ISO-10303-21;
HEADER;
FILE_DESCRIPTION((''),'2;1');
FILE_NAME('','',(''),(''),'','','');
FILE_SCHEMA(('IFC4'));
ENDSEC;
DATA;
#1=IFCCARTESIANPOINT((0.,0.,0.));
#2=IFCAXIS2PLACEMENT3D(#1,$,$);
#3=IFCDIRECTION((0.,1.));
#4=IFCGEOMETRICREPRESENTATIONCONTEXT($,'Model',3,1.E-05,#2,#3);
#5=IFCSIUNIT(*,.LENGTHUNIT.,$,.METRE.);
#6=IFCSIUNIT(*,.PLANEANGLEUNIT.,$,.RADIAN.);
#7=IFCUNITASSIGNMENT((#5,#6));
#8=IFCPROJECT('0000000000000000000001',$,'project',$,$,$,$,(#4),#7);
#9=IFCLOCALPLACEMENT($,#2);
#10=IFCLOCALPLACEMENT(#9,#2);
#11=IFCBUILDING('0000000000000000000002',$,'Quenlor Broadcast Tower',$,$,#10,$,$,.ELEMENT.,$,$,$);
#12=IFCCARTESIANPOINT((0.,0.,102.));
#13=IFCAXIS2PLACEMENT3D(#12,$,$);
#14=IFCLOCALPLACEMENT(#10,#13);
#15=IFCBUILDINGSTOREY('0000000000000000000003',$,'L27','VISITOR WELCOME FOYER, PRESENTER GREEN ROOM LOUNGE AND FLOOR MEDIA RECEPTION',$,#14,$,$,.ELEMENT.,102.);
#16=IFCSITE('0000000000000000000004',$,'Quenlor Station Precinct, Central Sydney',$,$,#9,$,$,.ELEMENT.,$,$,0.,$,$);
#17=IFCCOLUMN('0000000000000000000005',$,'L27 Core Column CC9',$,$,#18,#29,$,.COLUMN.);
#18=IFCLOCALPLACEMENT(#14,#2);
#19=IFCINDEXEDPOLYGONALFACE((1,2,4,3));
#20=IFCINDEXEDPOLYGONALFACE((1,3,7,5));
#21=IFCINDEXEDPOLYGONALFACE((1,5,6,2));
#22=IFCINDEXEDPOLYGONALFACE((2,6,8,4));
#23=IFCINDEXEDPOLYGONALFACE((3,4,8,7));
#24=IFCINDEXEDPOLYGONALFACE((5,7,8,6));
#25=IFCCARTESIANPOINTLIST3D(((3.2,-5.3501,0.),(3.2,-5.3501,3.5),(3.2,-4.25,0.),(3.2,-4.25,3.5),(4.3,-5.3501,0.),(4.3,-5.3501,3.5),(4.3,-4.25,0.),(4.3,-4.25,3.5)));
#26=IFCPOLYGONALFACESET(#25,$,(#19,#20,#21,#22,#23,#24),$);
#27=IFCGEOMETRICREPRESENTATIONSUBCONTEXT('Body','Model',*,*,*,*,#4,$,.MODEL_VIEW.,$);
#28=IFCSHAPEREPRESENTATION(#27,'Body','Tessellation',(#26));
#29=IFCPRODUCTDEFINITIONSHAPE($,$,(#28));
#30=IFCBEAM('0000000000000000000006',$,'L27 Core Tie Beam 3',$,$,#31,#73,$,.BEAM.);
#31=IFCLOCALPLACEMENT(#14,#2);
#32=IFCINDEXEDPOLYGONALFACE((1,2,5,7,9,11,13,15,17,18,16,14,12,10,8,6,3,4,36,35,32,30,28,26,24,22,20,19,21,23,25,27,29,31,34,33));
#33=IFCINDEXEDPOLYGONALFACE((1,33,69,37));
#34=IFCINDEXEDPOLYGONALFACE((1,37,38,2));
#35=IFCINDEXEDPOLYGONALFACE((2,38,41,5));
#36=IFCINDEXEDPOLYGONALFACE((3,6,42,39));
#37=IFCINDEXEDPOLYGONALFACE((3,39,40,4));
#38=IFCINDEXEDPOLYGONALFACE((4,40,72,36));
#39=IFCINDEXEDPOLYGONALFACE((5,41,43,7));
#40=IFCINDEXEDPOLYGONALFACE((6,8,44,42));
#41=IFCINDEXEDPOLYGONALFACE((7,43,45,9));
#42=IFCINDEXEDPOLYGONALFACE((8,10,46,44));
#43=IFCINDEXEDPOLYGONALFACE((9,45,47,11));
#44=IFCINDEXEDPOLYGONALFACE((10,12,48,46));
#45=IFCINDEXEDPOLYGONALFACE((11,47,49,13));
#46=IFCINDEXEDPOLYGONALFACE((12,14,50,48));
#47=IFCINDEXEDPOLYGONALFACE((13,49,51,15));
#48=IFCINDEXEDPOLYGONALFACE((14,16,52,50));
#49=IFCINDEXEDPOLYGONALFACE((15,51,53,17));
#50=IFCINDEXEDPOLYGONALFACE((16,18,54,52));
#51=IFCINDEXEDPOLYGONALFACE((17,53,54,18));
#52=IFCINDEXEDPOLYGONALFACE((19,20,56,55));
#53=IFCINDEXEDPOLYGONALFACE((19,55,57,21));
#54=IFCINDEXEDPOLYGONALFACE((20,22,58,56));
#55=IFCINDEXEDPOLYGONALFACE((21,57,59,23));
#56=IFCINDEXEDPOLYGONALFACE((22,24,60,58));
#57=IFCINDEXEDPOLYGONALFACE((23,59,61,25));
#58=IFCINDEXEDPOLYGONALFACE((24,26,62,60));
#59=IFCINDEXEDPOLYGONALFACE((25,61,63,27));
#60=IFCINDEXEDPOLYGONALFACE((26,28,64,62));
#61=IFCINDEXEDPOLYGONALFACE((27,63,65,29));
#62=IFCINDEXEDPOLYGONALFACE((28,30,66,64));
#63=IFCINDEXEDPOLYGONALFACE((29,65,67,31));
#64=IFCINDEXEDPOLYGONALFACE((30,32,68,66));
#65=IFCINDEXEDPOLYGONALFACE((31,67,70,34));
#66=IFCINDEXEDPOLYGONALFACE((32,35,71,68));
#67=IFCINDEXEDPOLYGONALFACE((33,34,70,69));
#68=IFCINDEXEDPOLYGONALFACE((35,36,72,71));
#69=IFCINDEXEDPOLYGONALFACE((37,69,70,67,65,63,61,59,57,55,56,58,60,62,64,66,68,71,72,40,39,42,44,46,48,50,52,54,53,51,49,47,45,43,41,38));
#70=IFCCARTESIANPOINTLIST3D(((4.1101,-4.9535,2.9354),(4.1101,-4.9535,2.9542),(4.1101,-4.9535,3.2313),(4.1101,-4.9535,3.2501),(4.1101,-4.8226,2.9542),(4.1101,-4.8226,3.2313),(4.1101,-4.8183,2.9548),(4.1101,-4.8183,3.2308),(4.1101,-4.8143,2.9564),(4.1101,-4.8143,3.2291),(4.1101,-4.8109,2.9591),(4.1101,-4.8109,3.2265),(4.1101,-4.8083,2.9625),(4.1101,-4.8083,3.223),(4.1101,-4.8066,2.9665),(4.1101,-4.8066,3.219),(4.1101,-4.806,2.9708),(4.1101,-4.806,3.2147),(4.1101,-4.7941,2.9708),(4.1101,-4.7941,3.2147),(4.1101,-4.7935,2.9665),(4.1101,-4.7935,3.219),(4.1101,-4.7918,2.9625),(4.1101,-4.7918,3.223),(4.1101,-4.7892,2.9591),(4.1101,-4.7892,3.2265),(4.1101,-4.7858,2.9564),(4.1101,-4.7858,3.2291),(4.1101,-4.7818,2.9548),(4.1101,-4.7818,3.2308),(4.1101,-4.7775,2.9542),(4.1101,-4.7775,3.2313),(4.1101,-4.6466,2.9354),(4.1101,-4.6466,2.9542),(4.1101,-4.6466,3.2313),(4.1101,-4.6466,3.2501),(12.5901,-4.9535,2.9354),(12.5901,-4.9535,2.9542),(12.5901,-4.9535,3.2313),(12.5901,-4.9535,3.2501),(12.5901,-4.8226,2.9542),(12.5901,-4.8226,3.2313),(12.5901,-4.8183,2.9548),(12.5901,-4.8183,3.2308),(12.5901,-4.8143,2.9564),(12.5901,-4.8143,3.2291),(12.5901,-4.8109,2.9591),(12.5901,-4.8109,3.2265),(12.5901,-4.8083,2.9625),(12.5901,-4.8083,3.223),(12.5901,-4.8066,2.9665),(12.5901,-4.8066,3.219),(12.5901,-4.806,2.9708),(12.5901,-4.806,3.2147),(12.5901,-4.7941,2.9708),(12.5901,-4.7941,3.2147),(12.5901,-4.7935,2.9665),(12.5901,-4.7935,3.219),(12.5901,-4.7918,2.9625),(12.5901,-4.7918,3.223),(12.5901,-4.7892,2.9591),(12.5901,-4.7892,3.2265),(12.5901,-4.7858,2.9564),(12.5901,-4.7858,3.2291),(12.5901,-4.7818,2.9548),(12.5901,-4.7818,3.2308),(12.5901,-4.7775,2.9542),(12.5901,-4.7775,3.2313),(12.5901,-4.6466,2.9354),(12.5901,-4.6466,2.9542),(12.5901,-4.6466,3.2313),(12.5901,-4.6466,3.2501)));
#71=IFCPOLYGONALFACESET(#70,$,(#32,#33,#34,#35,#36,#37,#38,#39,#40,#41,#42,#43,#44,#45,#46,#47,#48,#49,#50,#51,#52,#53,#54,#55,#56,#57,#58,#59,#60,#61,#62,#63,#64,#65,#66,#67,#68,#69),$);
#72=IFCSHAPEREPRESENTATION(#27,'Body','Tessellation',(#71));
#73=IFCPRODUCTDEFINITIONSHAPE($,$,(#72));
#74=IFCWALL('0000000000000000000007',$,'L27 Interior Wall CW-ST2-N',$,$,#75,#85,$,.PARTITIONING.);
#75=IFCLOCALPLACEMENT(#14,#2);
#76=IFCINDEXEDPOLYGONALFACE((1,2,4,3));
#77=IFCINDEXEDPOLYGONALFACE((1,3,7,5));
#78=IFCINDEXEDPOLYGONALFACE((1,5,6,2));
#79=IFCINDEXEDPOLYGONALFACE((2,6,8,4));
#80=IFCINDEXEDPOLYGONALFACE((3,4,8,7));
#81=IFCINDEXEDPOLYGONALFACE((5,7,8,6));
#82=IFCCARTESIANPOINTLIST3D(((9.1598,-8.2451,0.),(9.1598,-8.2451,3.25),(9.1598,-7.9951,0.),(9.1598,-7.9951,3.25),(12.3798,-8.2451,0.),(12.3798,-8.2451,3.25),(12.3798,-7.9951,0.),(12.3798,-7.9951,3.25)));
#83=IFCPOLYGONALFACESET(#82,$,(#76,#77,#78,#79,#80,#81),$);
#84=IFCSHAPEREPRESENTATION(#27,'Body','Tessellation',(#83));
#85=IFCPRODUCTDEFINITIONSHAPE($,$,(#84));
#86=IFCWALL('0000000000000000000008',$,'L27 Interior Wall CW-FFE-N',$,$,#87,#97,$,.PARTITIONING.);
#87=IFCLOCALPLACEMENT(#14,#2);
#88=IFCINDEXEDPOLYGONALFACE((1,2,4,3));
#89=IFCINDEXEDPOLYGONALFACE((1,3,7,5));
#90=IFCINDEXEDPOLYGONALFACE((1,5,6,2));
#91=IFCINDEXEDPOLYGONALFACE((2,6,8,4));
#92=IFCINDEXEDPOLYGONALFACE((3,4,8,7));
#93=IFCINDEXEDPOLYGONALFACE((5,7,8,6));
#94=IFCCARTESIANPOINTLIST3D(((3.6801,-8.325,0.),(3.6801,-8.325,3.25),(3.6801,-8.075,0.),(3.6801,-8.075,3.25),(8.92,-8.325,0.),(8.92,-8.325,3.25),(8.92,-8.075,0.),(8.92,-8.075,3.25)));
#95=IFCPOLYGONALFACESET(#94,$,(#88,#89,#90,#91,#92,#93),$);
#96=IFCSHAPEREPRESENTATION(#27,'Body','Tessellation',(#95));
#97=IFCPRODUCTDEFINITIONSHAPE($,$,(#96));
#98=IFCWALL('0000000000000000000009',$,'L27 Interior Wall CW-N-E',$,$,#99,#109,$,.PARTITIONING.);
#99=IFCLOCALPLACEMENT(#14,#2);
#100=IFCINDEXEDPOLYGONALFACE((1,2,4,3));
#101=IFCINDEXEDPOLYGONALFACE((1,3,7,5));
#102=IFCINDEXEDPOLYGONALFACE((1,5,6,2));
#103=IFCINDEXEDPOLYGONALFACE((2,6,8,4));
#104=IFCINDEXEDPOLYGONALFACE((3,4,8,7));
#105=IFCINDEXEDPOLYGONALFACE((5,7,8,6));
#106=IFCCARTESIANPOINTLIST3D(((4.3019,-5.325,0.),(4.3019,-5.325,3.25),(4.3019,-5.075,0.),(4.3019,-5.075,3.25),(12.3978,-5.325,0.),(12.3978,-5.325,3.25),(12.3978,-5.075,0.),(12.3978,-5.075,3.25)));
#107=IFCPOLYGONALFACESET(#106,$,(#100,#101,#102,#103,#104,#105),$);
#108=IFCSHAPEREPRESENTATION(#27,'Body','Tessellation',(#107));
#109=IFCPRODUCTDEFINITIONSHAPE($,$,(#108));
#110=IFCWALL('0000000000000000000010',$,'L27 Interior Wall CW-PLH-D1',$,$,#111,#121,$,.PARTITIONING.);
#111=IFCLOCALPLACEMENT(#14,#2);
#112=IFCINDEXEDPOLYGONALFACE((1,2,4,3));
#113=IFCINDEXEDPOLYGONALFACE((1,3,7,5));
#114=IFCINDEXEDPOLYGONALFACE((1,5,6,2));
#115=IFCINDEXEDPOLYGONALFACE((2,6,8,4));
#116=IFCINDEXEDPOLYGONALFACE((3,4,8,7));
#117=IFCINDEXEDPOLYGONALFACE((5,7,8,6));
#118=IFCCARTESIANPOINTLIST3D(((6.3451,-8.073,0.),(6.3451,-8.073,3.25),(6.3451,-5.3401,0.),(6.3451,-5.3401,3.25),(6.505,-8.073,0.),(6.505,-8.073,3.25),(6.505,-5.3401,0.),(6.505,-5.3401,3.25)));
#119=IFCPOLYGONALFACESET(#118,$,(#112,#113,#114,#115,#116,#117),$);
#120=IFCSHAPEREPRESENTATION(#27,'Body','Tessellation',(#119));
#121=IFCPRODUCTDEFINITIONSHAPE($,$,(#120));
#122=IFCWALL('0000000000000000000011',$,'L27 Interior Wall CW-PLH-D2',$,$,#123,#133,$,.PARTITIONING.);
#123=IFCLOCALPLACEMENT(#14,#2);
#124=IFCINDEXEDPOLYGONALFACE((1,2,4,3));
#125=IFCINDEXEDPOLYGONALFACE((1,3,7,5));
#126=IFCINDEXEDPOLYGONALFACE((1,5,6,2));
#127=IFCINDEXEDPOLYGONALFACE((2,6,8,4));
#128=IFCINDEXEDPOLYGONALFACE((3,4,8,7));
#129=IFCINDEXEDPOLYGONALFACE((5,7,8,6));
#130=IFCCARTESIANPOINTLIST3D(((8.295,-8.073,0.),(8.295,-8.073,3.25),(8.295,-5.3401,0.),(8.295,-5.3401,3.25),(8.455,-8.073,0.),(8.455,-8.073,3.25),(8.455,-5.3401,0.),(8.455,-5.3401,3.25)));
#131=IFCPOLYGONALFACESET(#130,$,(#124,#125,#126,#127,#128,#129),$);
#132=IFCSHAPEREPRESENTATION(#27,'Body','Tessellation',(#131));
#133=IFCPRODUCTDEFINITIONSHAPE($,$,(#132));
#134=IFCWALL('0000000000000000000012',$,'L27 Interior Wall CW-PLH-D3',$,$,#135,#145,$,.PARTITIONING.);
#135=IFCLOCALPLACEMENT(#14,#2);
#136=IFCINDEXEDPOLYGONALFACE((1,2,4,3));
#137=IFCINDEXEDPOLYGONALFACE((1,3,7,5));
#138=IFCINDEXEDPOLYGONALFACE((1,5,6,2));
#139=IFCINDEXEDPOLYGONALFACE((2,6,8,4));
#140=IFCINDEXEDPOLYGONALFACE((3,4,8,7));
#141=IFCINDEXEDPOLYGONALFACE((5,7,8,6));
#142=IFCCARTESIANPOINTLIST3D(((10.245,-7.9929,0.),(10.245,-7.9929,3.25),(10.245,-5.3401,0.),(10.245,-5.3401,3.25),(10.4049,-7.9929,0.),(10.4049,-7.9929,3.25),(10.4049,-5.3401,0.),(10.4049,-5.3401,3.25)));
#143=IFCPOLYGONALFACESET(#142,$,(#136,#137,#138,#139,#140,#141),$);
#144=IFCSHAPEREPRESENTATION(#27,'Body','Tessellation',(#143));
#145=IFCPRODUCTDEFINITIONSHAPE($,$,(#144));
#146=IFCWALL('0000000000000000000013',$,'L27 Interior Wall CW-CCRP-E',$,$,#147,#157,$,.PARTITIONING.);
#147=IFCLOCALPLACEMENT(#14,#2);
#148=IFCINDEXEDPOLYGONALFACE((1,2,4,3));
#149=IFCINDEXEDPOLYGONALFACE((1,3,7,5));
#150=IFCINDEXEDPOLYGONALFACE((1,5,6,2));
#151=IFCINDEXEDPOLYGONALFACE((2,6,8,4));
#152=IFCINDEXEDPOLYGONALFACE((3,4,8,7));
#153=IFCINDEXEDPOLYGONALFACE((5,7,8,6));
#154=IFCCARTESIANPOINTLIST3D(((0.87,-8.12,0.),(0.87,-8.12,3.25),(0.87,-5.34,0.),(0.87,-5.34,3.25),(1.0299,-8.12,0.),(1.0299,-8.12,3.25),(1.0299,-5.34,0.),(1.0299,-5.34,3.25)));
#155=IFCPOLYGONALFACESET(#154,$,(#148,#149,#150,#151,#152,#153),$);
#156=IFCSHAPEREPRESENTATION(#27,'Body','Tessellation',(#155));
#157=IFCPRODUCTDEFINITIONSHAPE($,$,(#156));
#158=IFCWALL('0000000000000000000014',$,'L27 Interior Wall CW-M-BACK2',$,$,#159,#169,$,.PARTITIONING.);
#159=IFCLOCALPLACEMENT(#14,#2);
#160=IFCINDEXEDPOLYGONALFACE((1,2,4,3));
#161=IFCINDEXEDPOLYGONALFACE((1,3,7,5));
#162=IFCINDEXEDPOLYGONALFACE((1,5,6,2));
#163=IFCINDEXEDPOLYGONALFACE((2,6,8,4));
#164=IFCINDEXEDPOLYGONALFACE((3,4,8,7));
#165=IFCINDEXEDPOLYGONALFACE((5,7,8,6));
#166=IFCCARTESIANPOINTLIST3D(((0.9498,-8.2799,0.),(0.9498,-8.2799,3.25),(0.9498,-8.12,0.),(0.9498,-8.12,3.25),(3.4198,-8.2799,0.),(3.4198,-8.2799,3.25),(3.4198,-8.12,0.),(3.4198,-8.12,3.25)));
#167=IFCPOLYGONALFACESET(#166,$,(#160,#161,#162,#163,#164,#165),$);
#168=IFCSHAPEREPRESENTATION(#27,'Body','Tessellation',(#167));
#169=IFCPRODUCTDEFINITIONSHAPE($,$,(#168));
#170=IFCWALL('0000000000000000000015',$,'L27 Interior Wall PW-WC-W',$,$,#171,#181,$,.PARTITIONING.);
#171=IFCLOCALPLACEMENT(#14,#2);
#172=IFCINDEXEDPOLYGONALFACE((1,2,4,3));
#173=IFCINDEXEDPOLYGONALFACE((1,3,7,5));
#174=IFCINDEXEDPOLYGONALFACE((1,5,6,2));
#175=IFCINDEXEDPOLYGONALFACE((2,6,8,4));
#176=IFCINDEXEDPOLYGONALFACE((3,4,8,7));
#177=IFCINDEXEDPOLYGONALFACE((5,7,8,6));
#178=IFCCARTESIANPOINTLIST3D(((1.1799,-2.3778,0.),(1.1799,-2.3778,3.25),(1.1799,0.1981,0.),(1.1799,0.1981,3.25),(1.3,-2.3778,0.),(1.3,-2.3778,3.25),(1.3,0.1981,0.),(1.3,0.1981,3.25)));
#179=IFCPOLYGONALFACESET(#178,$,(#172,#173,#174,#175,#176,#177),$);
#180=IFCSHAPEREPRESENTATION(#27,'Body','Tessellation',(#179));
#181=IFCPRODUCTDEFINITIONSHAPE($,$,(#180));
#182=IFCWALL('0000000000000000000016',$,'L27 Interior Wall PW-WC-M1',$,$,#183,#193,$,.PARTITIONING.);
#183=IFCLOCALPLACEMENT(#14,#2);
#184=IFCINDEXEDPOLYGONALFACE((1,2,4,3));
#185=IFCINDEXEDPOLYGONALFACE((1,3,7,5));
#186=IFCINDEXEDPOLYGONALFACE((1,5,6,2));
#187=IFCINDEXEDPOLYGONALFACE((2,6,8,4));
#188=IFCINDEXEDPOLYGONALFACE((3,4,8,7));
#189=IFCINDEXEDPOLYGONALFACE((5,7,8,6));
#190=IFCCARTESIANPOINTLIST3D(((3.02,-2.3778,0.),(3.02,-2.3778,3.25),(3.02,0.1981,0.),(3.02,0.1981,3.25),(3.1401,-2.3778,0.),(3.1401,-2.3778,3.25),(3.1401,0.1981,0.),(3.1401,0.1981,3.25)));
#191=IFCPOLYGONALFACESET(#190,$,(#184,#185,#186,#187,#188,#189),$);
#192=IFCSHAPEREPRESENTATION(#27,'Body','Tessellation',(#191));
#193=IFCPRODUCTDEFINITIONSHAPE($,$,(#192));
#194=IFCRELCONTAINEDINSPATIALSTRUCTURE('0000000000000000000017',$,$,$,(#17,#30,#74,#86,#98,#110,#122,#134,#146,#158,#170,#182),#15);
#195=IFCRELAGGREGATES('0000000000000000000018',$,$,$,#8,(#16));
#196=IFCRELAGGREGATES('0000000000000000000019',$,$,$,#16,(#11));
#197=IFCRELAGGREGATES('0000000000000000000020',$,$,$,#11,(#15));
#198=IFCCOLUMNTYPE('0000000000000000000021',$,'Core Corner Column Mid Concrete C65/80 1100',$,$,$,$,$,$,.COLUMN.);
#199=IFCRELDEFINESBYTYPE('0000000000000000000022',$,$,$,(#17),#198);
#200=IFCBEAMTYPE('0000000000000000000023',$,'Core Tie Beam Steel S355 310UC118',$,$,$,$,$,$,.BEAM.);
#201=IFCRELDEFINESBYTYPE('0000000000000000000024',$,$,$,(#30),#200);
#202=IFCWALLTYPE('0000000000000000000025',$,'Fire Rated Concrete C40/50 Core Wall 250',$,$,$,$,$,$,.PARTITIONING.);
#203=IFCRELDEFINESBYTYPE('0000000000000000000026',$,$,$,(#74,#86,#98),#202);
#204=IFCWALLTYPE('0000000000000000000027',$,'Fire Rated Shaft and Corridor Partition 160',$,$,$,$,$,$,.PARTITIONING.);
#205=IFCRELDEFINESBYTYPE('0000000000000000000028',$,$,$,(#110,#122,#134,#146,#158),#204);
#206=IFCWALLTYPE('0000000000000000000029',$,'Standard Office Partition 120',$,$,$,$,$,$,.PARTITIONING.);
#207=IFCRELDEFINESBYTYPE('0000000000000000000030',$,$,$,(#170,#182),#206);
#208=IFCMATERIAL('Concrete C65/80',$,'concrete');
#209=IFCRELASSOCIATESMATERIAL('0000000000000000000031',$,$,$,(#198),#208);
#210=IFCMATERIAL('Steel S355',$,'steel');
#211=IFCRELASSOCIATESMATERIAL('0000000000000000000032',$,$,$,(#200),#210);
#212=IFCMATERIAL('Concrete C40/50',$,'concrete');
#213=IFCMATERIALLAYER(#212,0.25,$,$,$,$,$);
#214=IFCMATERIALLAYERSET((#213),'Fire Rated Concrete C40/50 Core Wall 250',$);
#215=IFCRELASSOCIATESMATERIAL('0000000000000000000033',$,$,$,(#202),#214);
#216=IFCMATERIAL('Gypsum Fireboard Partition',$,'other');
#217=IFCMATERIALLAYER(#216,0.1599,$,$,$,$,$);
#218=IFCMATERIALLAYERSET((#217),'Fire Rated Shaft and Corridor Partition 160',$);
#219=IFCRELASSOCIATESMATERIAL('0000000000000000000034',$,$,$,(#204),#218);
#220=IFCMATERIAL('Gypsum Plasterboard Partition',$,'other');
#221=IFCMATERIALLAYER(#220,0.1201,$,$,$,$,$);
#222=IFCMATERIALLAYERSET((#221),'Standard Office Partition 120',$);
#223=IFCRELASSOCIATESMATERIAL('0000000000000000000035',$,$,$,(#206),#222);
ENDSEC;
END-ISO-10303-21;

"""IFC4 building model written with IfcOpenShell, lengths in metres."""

from ifc_helpers import new_model, si_unit, direction, frame, frame_2d, origin, origin_2d, place, context, subcontext, project, spatial, rectangle, i_section, extrude, material, layer, layer_set, material_profile, profile_set, type_object, element, save


model = new_model("IFC4")

# Units and contexts
model_context = context("Model", 3, precision=1e-05, world=origin(), true_north=direction((0.0, 1.0)))
body_context = subcontext(model_context, "Body", "Model", "MODEL_VIEW")
ifc_project = project(units=[si_unit("LENGTHUNIT", "METRE"), si_unit("PLANEANGLEUNIT", "RADIAN")], contexts=[model_context])

# Site, building, storey
site_placement = place(None, origin())
site = spatial("IfcSite", under=ifc_project, at=site_placement, Name="Quenlor Station Precinct, Central Sydney", CompositionType="ELEMENT", RefElevation=0.0)
building_placement = place(site_placement, origin())
building = spatial("IfcBuilding", under=site, at=building_placement, Name="Quenlor Broadcast Tower", CompositionType="ELEMENT")
storey_placement = place(building_placement, frame((0.0, 0.0, 102.0)))
storey = spatial("IfcBuildingStorey", under=building, at=storey_placement, Name="L27", Description="VISITOR WELCOME FOYER, PRESENTER GREEN ROOM LOUNGE AND FLOOR MEDIA RECEPTION", CompositionType="ELEMENT", Elevation=102.0)

# Column
ifc_material_1 = material(Name="Concrete C65/80", Category="concrete")
ifc_material_profile_1 = material_profile(ifc_material_1, rectangle(XDim=1.1001, YDim=1.1001, at=origin_2d()))
ifc_profile_set_1 = profile_set([ifc_material_profile_1], Name="Concrete C65/80 RC1100x1100")
column_type = type_object("IfcColumnType", Name="Core Corner Column Mid Concrete C65/80 1100", PredefinedType="COLUMN", material=ifc_profile_set_1)
column_placement = place(storey_placement, frame((3.75, -4.8, 0.0), z_axis=(0.0, 0.0, 1.0), x_axis=(1.0, 0.0, 0.0)))
element("IfcColumn", 1, at=column_placement, inside=storey, type_object=column_type, Name="L27 Core Column CC9", PredefinedType="COLUMN", context=body_context, shape_type="SweptSolid", body=[
    extrude(rectangle(XDim=1.1001, YDim=1.1001, at=origin_2d()), origin(), (0.0, 0.0, 1.0), 3.5),
])

# Beam
ifc_material_2 = material(Name="Steel S355", Category="steel")
ifc_material_profile_2 = material_profile(ifc_material_2, i_section(OverallWidth=0.3069, OverallDepth=0.3147, WebThickness=0.012, FlangeThickness=0.0188, FilletRadius=0.0166, at=origin_2d()))
ifc_profile_set_2 = profile_set([ifc_material_profile_2], Name="Steel S355 310UC118")
beam_type = type_object("IfcBeamType", Name="Core Tie Beam Steel S355 310UC118", PredefinedType="BEAM", material=ifc_profile_set_2)
beam_placement = place(storey_placement, frame((4.1101, -4.8, 3.0928), z_axis=(1.0, 0.0, 0.0), x_axis=(0.0, 1.0, 0.0)))
element("IfcBeam", 2, at=beam_placement, inside=storey, type_object=beam_type, Name="L27 Core Tie Beam 3", PredefinedType="BEAM", context=body_context, shape_type="SweptSolid", body=[
    extrude(i_section(OverallWidth=0.3069, OverallDepth=0.3147, WebThickness=0.012, FlangeThickness=0.0188, FilletRadius=0.0166, at=origin_2d()), origin(), (0.0, 0.0, 1.0), 8.48),
])

# Walls
ifc_material_3 = material(Name="Concrete C40/50", Category="concrete")
ifc_layer_1 = layer(ifc_material_3, 0.25)
ifc_layer_set_1 = layer_set([ifc_layer_1], Name="Fire Rated Concrete C40/50 Core Wall 250")
wall_type_1 = type_object("IfcWallType", Name="Fire Rated Concrete C40/50 Core Wall 250", PredefinedType="PARTITIONING", material=ifc_layer_set_1)
wall_1_placement = place(storey_placement, frame((9.1599, -8.1201, 0.0), z_axis=(0.0, 0.0, 1.0), x_axis=(1.0, 0.0, 0.0)))
element("IfcWall", 3, at=wall_1_placement, inside=storey, type_object=wall_type_1, Name="L27 Interior Wall CW-ST2-N", PredefinedType="PARTITIONING", context=body_context, shape_type="SweptSolid", body=[
    extrude(rectangle(XDim=3.22, YDim=0.25, at=frame_2d((1.6099, 0.0))), origin(), (0.0, 0.0, 1.0), 3.25),
])
wall_2_placement = place(storey_placement, frame((3.6799, -8.2, 0.0), z_axis=(0.0, 0.0, 1.0), x_axis=(1.0, 0.0, 0.0)))
element("IfcWall", 4, at=wall_2_placement, inside=storey, type_object=wall_type_1, Name="L27 Interior Wall CW-FFE-N", PredefinedType="PARTITIONING", context=body_context, shape_type="SweptSolid", body=[
    extrude(rectangle(XDim=5.24, YDim=0.25, at=frame_2d((2.6201, 0.0))), origin(), (0.0, 0.0, 1.0), 3.25),
])
wall_3_placement = place(storey_placement, frame((4.302, -5.2, 0.0), z_axis=(0.0, 0.0, 1.0), x_axis=(1.0, 0.0, 0.0)))
element("IfcWall", 5, at=wall_3_placement, inside=storey, type_object=wall_type_1, Name="L27 Interior Wall CW-N-E", PredefinedType="PARTITIONING", context=body_context, shape_type="SweptSolid", body=[
    extrude(rectangle(XDim=8.0959, YDim=0.25, at=frame_2d((4.0479, 0.0))), origin(), (0.0, 0.0, 1.0), 3.25),
])

# Walls
ifc_material_4 = material(Name="Gypsum Fireboard Partition", Category="other")
ifc_layer_2 = layer(ifc_material_4, 0.1599)
ifc_layer_set_2 = layer_set([ifc_layer_2], Name="Fire Rated Shaft and Corridor Partition 160")
wall_type_2 = type_object("IfcWallType", Name="Fire Rated Shaft and Corridor Partition 160", PredefinedType="PARTITIONING", material=ifc_layer_set_2)
for number, where, z_axis, x_axis, name in (
    (6, (6.425, -8.073, 0.0), (0.0, 0.0, 1.0), (0.0, 1.0, 0.0), "L27 Interior Wall CW-PLH-D1"),
    (7, (8.375, -8.073, 0.0), (0.0, 0.0, 1.0), (0.0, 1.0, 0.0), "L27 Interior Wall CW-PLH-D2"),
):
    element("IfcWall", number, at=place(storey_placement, frame(where, z_axis=z_axis, x_axis=x_axis)), inside=storey, type_object=wall_type_2, Name=name, PredefinedType="PARTITIONING", context=body_context, shape_type="SweptSolid", body=[
        extrude(rectangle(XDim=2.7329, YDim=0.1599, at=frame_2d((1.3665, 0.0))), origin(), (0.0, 0.0, 1.0), 3.25),
    ])
wall_4_placement = place(storey_placement, frame((10.325, -7.9929, 0.0), z_axis=(0.0, 0.0, 1.0), x_axis=(0.0, 1.0, 0.0)))
element("IfcWall", 8, at=wall_4_placement, inside=storey, type_object=wall_type_2, Name="L27 Interior Wall CW-PLH-D3", PredefinedType="PARTITIONING", context=body_context, shape_type="SweptSolid", body=[
    extrude(rectangle(XDim=2.6528, YDim=0.1599, at=frame_2d((1.3264, 0.0))), origin(), (0.0, 0.0, 1.0), 3.25),
])
wall_5_placement = place(storey_placement, frame((0.95, -8.1201, 0.0), z_axis=(0.0, 0.0, 1.0), x_axis=(0.0, 1.0, 0.0)))
element("IfcWall", 9, at=wall_5_placement, inside=storey, type_object=wall_type_2, Name="L27 Interior Wall CW-CCRP-E", PredefinedType="PARTITIONING", context=body_context, shape_type="SweptSolid", body=[
    extrude(rectangle(XDim=2.78, YDim=0.1599, at=frame_2d((1.3901, 0.0))), origin(), (0.0, 0.0, 1.0), 3.25),
])
wall_6_placement = place(storey_placement, frame((0.95, -8.2, 0.0), z_axis=(0.0, 0.0, 1.0), x_axis=(1.0, 0.0, 0.0)))
element("IfcWall", 10, at=wall_6_placement, inside=storey, type_object=wall_type_2, Name="L27 Interior Wall CW-M-BACK2", PredefinedType="PARTITIONING", context=body_context, shape_type="SweptSolid", body=[
    extrude(rectangle(XDim=2.47, YDim=0.1599, at=frame_2d((1.2349, 0.0))), origin(), (0.0, 0.0, 1.0), 3.25),
])

# Shared definitions
ifc_material_5 = material(Name="Gypsum Plasterboard Partition", Category="other")
ifc_layer_3 = layer(ifc_material_5, 0.1201)
ifc_layer_set_3 = layer_set([ifc_layer_3], Name="Standard Office Partition 120")
wall_type_3 = type_object("IfcWallType", Name="Standard Office Partition 120", PredefinedType="PARTITIONING", material=ifc_layer_set_3)

# Walls
for number, where, z_axis, x_axis, name in (
    (11, (1.24, -2.3779, 0.0), (0.0, 0.0, 1.0), (0.0, 1.0, 0.0), "L27 Interior Wall PW-WC-W"),
    (12, (3.0801, -2.3779, 0.0), (0.0, 0.0, 1.0), (0.0, 1.0, 0.0), "L27 Interior Wall PW-WC-M1"),
):
    element("IfcWall", number, at=place(storey_placement, frame(where, z_axis=z_axis, x_axis=x_axis)), inside=storey, type_object=wall_type_3, Name=name, PredefinedType="PARTITIONING", context=body_context, shape_type="SweptSolid", body=[
        extrude(rectangle(XDim=2.5759, YDim=0.1201, at=frame_2d((1.2881, 0.0))), origin(), (0.0, 0.0, 1.0), 3.25),
    ])

save(model, "model.ifc")
